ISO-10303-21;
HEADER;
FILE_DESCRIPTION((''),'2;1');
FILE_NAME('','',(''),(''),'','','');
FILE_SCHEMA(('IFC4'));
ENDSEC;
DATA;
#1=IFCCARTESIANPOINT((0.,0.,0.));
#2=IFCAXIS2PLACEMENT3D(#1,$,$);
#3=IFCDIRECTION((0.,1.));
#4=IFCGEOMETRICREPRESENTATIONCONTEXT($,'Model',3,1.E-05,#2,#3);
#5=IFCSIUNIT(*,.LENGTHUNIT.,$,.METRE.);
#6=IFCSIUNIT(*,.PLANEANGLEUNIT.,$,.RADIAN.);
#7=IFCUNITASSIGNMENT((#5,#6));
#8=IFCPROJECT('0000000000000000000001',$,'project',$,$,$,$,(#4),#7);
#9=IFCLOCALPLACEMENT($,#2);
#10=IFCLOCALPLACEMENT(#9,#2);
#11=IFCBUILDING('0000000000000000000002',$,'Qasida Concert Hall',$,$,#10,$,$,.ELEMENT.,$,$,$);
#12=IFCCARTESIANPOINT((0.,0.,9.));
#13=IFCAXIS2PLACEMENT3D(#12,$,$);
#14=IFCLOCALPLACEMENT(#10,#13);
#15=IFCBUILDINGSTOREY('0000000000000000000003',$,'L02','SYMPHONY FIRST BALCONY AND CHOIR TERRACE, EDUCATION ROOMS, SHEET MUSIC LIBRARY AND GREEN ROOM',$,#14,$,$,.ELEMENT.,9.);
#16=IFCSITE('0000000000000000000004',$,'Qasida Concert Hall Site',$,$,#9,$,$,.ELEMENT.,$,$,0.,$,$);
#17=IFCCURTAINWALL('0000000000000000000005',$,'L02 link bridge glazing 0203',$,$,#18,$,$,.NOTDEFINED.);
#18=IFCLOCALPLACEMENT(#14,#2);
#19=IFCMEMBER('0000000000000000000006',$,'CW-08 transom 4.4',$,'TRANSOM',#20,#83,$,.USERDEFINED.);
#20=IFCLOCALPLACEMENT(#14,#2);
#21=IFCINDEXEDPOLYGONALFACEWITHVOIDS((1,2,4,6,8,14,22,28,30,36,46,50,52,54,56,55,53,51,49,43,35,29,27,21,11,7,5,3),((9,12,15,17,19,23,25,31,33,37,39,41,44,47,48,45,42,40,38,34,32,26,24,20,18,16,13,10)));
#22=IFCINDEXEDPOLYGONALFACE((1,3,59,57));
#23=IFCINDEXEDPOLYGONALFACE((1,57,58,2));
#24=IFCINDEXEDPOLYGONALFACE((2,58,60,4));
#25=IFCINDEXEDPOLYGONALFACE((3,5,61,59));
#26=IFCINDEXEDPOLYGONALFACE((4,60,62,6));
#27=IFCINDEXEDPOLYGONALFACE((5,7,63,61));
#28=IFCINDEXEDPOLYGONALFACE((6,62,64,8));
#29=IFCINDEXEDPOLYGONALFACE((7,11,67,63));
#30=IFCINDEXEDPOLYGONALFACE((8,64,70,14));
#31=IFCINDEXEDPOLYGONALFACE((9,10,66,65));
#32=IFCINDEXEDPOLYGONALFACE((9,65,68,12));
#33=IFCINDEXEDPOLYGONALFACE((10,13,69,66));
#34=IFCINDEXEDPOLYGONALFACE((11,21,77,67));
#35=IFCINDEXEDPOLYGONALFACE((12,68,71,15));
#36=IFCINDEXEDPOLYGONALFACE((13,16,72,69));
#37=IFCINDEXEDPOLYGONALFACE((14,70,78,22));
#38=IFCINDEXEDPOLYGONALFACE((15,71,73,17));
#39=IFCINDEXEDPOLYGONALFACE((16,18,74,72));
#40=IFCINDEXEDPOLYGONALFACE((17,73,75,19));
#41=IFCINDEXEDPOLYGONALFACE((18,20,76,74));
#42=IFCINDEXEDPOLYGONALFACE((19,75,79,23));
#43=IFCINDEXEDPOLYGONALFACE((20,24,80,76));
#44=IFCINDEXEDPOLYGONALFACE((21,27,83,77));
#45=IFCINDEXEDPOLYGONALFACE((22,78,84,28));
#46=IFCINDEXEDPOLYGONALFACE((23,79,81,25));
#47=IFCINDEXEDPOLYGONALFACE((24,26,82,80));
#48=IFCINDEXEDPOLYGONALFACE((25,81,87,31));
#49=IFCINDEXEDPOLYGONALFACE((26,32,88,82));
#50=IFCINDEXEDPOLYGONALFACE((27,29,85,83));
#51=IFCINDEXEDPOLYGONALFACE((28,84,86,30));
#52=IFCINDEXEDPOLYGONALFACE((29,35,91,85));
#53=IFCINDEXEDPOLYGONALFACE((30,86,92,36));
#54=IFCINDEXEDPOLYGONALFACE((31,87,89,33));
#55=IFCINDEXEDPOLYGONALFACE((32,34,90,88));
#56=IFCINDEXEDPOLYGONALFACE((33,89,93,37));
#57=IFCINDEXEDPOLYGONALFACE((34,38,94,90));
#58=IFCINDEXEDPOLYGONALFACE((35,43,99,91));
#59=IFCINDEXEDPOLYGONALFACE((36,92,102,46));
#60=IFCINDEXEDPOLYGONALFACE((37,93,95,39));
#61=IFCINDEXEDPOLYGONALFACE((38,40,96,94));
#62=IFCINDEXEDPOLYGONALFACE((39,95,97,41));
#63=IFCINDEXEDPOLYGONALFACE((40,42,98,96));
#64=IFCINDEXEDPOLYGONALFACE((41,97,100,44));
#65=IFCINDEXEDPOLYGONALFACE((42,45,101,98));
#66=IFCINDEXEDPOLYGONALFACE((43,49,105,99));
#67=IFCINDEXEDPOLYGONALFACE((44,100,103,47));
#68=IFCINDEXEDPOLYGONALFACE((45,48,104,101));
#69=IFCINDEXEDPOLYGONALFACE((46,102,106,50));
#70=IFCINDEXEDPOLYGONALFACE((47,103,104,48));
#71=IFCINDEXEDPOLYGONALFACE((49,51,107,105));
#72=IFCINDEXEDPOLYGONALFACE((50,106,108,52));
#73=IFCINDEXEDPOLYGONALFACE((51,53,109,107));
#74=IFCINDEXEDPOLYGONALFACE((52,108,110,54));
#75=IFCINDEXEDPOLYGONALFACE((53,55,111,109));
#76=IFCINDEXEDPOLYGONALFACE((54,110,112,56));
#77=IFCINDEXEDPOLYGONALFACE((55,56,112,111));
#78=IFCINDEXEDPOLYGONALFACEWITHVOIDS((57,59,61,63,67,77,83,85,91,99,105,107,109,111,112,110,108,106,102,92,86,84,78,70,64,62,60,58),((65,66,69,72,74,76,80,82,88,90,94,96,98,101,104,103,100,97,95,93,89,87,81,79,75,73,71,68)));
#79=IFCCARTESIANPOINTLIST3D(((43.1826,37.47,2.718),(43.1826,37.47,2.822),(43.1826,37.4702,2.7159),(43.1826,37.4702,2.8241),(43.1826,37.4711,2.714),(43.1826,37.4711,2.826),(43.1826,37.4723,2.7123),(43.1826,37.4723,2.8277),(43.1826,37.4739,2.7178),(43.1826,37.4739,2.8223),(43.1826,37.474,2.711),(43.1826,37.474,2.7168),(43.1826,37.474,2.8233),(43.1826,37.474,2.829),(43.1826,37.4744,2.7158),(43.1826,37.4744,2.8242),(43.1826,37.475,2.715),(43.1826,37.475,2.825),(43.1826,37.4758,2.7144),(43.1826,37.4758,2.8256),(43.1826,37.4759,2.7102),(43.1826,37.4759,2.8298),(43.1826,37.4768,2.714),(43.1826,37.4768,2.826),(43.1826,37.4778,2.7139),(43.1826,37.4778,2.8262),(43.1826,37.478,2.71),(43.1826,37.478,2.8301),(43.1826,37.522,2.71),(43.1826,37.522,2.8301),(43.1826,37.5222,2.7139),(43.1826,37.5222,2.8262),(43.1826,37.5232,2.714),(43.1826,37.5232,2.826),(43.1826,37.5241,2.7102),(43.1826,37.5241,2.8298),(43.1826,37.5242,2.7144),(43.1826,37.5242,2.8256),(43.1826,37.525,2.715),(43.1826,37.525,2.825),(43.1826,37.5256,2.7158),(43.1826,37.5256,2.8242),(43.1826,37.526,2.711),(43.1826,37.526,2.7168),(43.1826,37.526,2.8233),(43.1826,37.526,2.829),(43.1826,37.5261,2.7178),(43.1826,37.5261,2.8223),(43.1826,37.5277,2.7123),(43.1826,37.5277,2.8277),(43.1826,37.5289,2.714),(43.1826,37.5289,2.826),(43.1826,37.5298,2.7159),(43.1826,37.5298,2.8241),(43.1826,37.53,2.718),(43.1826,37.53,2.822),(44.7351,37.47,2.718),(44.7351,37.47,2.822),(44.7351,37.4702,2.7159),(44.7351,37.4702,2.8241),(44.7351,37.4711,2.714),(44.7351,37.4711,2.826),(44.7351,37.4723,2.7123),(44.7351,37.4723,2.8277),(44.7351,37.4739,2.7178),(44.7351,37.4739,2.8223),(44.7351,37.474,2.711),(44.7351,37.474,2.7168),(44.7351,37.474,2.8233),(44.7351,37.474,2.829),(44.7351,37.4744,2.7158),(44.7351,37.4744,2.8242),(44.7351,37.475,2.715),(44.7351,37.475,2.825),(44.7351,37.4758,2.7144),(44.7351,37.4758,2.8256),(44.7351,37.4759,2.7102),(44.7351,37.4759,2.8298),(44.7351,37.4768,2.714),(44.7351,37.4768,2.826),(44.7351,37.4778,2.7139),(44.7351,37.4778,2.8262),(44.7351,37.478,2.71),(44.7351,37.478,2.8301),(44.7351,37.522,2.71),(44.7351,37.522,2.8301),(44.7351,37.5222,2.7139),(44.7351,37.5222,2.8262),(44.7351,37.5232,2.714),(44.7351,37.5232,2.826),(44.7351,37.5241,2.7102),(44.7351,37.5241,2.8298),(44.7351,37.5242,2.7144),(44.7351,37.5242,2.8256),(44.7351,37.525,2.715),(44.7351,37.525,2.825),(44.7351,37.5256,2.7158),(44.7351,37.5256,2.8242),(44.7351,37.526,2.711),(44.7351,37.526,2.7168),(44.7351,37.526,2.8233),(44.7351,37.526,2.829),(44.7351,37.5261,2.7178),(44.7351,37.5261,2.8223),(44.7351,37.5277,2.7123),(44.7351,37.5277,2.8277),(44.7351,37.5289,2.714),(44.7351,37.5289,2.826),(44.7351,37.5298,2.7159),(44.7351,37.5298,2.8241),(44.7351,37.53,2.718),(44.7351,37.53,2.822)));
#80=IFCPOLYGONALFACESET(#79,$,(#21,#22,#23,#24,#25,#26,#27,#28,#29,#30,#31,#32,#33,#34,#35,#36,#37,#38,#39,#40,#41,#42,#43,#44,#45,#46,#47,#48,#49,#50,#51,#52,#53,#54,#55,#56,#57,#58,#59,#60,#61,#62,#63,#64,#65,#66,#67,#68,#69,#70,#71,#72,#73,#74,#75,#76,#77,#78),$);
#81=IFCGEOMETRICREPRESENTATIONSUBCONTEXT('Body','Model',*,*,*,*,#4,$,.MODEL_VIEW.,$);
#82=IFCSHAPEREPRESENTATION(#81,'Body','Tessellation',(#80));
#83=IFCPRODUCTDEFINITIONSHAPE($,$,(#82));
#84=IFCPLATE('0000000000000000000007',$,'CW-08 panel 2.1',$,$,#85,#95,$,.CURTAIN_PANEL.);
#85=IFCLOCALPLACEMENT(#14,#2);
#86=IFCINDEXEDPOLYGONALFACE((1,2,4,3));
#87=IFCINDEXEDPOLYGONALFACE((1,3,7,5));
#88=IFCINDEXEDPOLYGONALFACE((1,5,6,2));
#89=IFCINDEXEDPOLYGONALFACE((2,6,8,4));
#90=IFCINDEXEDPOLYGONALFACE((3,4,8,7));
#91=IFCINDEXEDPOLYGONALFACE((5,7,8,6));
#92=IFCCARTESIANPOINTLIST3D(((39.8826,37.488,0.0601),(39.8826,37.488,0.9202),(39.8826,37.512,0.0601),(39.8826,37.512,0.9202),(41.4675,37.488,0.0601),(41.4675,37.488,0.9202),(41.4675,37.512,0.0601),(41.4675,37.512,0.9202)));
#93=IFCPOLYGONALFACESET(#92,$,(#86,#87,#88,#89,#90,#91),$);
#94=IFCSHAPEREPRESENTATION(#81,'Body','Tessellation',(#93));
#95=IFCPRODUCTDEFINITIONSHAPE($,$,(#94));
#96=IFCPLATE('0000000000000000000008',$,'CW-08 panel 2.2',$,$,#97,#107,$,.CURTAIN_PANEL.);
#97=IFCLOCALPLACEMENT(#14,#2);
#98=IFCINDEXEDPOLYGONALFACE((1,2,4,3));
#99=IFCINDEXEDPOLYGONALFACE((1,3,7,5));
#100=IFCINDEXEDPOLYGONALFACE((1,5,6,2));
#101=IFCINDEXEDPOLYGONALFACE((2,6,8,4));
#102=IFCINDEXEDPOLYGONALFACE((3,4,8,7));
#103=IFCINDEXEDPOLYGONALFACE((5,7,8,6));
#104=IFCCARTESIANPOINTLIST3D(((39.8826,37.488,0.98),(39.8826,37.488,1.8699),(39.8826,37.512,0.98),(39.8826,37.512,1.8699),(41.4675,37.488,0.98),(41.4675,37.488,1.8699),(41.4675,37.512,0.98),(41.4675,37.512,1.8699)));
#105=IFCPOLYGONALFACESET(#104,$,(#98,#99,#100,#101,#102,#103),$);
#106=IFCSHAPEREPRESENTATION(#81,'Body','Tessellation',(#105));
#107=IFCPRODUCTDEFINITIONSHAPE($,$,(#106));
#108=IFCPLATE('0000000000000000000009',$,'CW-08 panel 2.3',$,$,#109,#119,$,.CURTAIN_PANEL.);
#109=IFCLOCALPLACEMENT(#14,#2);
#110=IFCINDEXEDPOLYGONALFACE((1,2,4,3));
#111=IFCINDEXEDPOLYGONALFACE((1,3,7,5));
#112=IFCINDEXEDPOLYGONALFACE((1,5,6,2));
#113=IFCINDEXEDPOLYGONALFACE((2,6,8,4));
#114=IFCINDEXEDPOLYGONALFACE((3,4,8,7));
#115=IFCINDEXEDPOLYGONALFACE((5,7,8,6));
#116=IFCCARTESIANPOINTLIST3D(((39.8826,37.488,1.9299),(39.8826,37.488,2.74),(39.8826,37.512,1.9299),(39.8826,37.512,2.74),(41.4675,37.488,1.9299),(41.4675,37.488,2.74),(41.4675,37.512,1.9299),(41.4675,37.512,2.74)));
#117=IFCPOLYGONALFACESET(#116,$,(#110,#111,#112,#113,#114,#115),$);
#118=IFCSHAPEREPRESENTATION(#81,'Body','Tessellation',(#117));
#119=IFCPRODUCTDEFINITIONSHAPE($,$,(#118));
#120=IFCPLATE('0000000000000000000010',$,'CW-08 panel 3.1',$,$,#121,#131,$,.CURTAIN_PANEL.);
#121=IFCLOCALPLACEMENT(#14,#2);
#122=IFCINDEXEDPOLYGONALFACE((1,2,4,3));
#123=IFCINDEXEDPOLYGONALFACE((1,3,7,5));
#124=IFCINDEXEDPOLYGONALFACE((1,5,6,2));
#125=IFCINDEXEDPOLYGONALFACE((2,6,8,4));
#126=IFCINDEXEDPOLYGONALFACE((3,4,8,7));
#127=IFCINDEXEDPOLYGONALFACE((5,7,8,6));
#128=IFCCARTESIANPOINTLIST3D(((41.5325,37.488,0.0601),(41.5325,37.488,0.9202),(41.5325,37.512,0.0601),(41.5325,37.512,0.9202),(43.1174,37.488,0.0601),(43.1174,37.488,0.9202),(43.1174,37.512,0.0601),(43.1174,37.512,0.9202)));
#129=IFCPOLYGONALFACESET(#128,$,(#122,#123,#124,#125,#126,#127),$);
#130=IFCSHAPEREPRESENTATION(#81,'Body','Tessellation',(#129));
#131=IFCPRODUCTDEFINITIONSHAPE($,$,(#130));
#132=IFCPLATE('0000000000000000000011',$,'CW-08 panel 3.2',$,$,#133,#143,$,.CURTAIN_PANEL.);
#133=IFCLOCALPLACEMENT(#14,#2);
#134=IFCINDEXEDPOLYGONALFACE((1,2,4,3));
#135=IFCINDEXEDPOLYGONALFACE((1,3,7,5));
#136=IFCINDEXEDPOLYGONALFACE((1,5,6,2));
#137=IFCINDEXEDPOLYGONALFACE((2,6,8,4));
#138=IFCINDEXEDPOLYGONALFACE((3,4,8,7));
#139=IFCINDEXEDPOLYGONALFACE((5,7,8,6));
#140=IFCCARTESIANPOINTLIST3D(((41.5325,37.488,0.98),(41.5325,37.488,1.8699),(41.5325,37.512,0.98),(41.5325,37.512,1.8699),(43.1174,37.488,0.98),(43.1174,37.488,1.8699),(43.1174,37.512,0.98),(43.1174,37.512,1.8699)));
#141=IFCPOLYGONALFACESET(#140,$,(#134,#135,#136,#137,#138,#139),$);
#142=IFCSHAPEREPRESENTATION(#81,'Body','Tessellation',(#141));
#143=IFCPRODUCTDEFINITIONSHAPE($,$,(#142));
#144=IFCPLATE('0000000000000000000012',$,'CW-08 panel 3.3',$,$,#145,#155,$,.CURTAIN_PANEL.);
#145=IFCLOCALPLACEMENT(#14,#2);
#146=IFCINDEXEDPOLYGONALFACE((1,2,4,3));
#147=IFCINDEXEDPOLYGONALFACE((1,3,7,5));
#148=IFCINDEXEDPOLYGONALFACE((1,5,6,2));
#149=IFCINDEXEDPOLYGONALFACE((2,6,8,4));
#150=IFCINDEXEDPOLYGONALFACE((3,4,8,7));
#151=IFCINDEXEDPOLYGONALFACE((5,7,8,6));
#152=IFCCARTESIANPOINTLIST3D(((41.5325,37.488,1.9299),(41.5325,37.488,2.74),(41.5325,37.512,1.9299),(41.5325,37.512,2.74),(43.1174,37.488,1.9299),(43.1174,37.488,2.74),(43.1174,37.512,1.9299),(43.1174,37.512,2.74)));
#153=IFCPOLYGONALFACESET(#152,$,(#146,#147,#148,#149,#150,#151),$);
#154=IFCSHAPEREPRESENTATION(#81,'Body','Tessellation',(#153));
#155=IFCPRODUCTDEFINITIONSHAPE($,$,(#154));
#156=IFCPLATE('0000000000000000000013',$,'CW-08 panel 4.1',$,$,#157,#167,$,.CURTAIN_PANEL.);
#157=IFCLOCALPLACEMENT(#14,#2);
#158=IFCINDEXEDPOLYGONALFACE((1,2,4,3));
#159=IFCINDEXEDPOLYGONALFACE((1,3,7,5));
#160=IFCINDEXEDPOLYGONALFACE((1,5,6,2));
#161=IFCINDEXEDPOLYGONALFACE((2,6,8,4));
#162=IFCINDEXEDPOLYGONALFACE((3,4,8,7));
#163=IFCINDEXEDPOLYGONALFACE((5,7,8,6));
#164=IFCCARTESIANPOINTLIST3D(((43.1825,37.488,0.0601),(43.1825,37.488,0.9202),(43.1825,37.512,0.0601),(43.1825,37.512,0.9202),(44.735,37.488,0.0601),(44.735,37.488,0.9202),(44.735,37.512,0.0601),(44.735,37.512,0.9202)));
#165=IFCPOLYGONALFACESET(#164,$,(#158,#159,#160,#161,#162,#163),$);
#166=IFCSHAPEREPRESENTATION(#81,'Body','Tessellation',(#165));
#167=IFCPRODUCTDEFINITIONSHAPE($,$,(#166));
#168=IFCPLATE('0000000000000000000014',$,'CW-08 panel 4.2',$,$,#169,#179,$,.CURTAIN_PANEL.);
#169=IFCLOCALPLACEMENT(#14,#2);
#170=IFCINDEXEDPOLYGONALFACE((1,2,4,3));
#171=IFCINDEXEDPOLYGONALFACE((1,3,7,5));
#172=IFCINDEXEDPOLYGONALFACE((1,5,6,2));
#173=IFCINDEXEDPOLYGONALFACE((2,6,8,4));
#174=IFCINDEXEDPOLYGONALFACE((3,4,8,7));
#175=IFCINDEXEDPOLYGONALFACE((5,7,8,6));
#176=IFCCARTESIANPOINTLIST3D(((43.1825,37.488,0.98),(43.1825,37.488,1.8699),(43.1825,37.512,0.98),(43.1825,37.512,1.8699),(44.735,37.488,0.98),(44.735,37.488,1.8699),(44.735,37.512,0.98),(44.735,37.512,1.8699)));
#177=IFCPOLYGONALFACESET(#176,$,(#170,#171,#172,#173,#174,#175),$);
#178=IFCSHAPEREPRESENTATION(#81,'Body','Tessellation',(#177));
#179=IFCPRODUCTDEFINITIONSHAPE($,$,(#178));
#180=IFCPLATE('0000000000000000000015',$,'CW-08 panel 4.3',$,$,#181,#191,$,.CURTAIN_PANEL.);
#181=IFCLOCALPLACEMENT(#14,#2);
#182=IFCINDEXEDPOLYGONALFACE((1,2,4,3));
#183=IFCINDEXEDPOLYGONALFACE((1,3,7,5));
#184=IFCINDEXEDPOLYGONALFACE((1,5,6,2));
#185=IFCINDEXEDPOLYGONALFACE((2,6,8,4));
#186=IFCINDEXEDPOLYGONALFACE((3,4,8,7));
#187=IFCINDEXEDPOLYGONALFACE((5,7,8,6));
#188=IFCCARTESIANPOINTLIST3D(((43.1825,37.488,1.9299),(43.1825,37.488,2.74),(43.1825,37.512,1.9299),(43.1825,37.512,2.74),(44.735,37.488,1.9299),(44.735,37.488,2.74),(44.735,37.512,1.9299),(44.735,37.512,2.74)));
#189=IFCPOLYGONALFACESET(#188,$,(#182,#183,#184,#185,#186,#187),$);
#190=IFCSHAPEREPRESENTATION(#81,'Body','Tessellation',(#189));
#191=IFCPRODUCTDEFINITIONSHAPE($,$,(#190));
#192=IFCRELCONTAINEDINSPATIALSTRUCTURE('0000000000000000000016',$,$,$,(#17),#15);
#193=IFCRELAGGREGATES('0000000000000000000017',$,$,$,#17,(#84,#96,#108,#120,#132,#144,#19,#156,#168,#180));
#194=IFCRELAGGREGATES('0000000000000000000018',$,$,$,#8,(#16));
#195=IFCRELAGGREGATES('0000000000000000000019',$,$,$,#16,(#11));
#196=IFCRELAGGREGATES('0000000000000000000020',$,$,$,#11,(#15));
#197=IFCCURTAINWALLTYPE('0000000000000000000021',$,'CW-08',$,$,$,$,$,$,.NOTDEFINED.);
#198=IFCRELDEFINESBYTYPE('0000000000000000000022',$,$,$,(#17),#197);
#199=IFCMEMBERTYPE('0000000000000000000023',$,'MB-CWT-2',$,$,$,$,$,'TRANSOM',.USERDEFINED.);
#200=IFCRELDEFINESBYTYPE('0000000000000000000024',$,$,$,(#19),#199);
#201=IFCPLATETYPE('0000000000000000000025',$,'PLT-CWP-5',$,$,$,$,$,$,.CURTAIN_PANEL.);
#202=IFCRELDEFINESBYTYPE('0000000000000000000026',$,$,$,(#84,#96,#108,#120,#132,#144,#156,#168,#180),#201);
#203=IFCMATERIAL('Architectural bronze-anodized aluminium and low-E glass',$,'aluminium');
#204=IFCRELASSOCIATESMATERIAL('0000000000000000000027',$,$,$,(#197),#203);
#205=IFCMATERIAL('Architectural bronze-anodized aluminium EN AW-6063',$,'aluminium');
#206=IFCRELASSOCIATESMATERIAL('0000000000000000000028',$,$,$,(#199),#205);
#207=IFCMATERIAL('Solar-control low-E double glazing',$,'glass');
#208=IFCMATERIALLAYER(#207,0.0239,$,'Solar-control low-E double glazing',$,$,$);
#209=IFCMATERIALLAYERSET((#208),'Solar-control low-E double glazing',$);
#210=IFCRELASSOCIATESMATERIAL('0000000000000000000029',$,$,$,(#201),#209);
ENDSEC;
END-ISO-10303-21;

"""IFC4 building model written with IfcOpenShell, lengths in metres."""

from ifc_helpers import new_model, si_unit, direction, frame, origin, origin_2d, place, context, subcontext, project, spatial, rectangle, hollow_rectangle, extrude, material, layer, layer_set, material_profile, profile_set, type_object, element, aggregate, save


model = new_model("IFC4")

# Units and contexts
model_context = context("Model", 3, precision=1e-05, world=origin(), true_north=direction((0.0, 1.0)))
body_context = subcontext(model_context, "Body", "Model", "MODEL_VIEW")
ifc_project = project(units=[si_unit("LENGTHUNIT", "METRE"), si_unit("PLANEANGLEUNIT", "RADIAN")], contexts=[model_context])

# Site, building, storey
site_placement = place(None, origin())
site = spatial("IfcSite", under=ifc_project, at=site_placement, Name="Qasida Concert Hall Site", CompositionType="ELEMENT", RefElevation=0.0)
building_placement = place(site_placement, origin())
building = spatial("IfcBuilding", under=site, at=building_placement, Name="Qasida Concert Hall", CompositionType="ELEMENT")
storey_placement = place(building_placement, frame((0.0, 0.0, 9.0)))
storey = spatial("IfcBuildingStorey", under=building, at=storey_placement, Name="L02", Description="SYMPHONY FIRST BALCONY AND CHOIR TERRACE, EDUCATION ROOMS, SHEET MUSIC LIBRARY AND GREEN ROOM", CompositionType="ELEMENT", Elevation=9.0)

# Curtain wall, member, plates
ifc_material_1 = material(Name="Architectural bronze-anodized aluminium and low-E glass", Category="aluminium")
curtain_wall_type = type_object("IfcCurtainWallType", Name="CW-08", PredefinedType="NOTDEFINED", material=ifc_material_1)
curtain_wall_placement = place(storey_placement, origin())
curtain_wall = element("IfcCurtainWall", 1, at=curtain_wall_placement, inside=storey, type_object=curtain_wall_type, Name="L02 link bridge glazing 0203", PredefinedType="NOTDEFINED")
ifc_material_2 = material(Name="Architectural bronze-anodized aluminium EN AW-6063", Category="aluminium")
ifc_material_profile_1 = material_profile(ifc_material_2, hollow_rectangle(XDim=0.0601, YDim=0.1201, WallThickness=0.0039, InnerFilletRadius=0.0039, OuterFilletRadius=0.0081, at=origin_2d()), Name="CWT 120x60x4")
ifc_profile_set_1 = profile_set([ifc_material_profile_1], Name="Architectural bronze-anodized aluminium EN AW-6063")
member_type_1 = type_object("IfcMemberType", Name="MB-CWT-2", ElementType="TRANSOM", PredefinedType="USERDEFINED", material=ifc_profile_set_1)
member_1_placement = place(storey_placement, frame((43.1826, 37.5, 2.77), z_axis=(1.0, 0.0, 0.0), x_axis=(0.0, 1.0, 0.0)))
member_1 = element("IfcMember", 2, at=member_1_placement, type_object=member_type_1, Name="CW-08 transom 4.4", ObjectType="TRANSOM", PredefinedType="USERDEFINED", context=body_context, shape_type="SweptSolid", body=[
    extrude(hollow_rectangle(XDim=0.0601, YDim=0.1201, WallThickness=0.0039, InnerFilletRadius=0.0039, OuterFilletRadius=0.0081, at=origin_2d()), origin(), (0.0, 0.0, 1.0), 1.5525),
])
ifc_material_3 = material(Name="Solar-control low-E double glazing", Category="glass")
ifc_layer = layer(ifc_material_3, 0.0239, Name="Solar-control low-E double glazing")
ifc_layer_set = layer_set([ifc_layer], Name="Solar-control low-E double glazing")
plate_type = type_object("IfcPlateType", Name="PLT-CWP-5", PredefinedType="CURTAIN_PANEL", material=ifc_layer_set)
plate_1_placement = place(storey_placement, frame((40.675, 37.5, 0.0601), z_axis=(0.0, 0.0, 1.0), x_axis=(1.0, 0.0, 0.0)))
plate_1 = element("IfcPlate", 3, at=plate_1_placement, type_object=plate_type, Name="CW-08 panel 2.1", PredefinedType="CURTAIN_PANEL", context=body_context, shape_type="SweptSolid", body=[
    extrude(rectangle(XDim=1.585, YDim=0.0239, at=origin_2d()), origin(), (0.0, 0.0, 1.0), 0.8601),
])
plate_2_placement = place(storey_placement, frame((40.675, 37.5, 0.98), z_axis=(0.0, 0.0, 1.0), x_axis=(1.0, 0.0, 0.0)))
plate_2 = element("IfcPlate", 4, at=plate_2_placement, type_object=plate_type, Name="CW-08 panel 2.2", PredefinedType="CURTAIN_PANEL", context=body_context, shape_type="SweptSolid", body=[
    extrude(rectangle(XDim=1.585, YDim=0.0239, at=origin_2d()), origin(), (0.0, 0.0, 1.0), 0.8899),
])
plate_3_placement = place(storey_placement, frame((40.675, 37.5, 1.9299), z_axis=(0.0, 0.0, 1.0), x_axis=(1.0, 0.0, 0.0)))
plate_3 = element("IfcPlate", 5, at=plate_3_placement, type_object=plate_type, Name="CW-08 panel 2.3", PredefinedType="CURTAIN_PANEL", context=body_context, shape_type="SweptSolid", body=[
    extrude(rectangle(XDim=1.585, YDim=0.0239, at=origin_2d()), origin(), (0.0, 0.0, 1.0), 0.8101),
])
plate_4_placement = place(storey_placement, frame((42.325, 37.5, 0.0601), z_axis=(0.0, 0.0, 1.0), x_axis=(1.0, 0.0, 0.0)))
plate_4 = element("IfcPlate", 6, at=plate_4_placement, type_object=plate_type, Name="CW-08 panel 3.1", PredefinedType="CURTAIN_PANEL", context=body_context, shape_type="SweptSolid", body=[
    extrude(rectangle(XDim=1.585, YDim=0.0239, at=origin_2d()), origin(), (0.0, 0.0, 1.0), 0.8601),
])
plate_5_placement = place(storey_placement, frame((42.325, 37.5, 0.98), z_axis=(0.0, 0.0, 1.0), x_axis=(1.0, 0.0, 0.0)))
plate_5 = element("IfcPlate", 7, at=plate_5_placement, type_object=plate_type, Name="CW-08 panel 3.2", PredefinedType="CURTAIN_PANEL", context=body_context, shape_type="SweptSolid", body=[
    extrude(rectangle(XDim=1.585, YDim=0.0239, at=origin_2d()), origin(), (0.0, 0.0, 1.0), 0.8899),
])
plate_6_placement = place(storey_placement, frame((42.325, 37.5, 1.9299), z_axis=(0.0, 0.0, 1.0), x_axis=(1.0, 0.0, 0.0)))
plate_6 = element("IfcPlate", 8, at=plate_6_placement, type_object=plate_type, Name="CW-08 panel 3.3", PredefinedType="CURTAIN_PANEL", context=body_context, shape_type="SweptSolid", body=[
    extrude(rectangle(XDim=1.585, YDim=0.0239, at=origin_2d()), origin(), (0.0, 0.0, 1.0), 0.8101),
])
plate_7_placement = place(storey_placement, frame((43.9587, 37.5, 0.0601), z_axis=(0.0, 0.0, 1.0), x_axis=(1.0, 0.0, 0.0)))
plate_7 = element("IfcPlate", 9, at=plate_7_placement, type_object=plate_type, Name="CW-08 panel 4.1", PredefinedType="CURTAIN_PANEL", context=body_context, shape_type="SweptSolid", body=[
    extrude(rectangle(XDim=1.5525, YDim=0.0239, at=origin_2d()), origin(), (0.0, 0.0, 1.0), 0.8601),
])
plate_8_placement = place(storey_placement, frame((43.9587, 37.5, 0.98), z_axis=(0.0, 0.0, 1.0), x_axis=(1.0, 0.0, 0.0)))
plate_8 = element("IfcPlate", 10, at=plate_8_placement, type_object=plate_type, Name="CW-08 panel 4.2", PredefinedType="CURTAIN_PANEL", context=body_context, shape_type="SweptSolid", body=[
    extrude(rectangle(XDim=1.5525, YDim=0.0239, at=origin_2d()), origin(), (0.0, 0.0, 1.0), 0.8899),
])
plate_9_placement = place(storey_placement, frame((43.9587, 37.5, 1.9299), z_axis=(0.0, 0.0, 1.0), x_axis=(1.0, 0.0, 0.0)))
plate_9 = element("IfcPlate", 11, at=plate_9_placement, type_object=plate_type, Name="CW-08 panel 4.3", PredefinedType="CURTAIN_PANEL", context=body_context, shape_type="SweptSolid", body=[
    extrude(rectangle(XDim=1.5525, YDim=0.0239, at=origin_2d()), origin(), (0.0, 0.0, 1.0), 0.8101),
])
aggregate(curtain_wall, [plate_1, plate_2, plate_3, plate_4, plate_5, plate_6, member_1, plate_7, plate_8, plate_9])

save(model, "model.ifc")
